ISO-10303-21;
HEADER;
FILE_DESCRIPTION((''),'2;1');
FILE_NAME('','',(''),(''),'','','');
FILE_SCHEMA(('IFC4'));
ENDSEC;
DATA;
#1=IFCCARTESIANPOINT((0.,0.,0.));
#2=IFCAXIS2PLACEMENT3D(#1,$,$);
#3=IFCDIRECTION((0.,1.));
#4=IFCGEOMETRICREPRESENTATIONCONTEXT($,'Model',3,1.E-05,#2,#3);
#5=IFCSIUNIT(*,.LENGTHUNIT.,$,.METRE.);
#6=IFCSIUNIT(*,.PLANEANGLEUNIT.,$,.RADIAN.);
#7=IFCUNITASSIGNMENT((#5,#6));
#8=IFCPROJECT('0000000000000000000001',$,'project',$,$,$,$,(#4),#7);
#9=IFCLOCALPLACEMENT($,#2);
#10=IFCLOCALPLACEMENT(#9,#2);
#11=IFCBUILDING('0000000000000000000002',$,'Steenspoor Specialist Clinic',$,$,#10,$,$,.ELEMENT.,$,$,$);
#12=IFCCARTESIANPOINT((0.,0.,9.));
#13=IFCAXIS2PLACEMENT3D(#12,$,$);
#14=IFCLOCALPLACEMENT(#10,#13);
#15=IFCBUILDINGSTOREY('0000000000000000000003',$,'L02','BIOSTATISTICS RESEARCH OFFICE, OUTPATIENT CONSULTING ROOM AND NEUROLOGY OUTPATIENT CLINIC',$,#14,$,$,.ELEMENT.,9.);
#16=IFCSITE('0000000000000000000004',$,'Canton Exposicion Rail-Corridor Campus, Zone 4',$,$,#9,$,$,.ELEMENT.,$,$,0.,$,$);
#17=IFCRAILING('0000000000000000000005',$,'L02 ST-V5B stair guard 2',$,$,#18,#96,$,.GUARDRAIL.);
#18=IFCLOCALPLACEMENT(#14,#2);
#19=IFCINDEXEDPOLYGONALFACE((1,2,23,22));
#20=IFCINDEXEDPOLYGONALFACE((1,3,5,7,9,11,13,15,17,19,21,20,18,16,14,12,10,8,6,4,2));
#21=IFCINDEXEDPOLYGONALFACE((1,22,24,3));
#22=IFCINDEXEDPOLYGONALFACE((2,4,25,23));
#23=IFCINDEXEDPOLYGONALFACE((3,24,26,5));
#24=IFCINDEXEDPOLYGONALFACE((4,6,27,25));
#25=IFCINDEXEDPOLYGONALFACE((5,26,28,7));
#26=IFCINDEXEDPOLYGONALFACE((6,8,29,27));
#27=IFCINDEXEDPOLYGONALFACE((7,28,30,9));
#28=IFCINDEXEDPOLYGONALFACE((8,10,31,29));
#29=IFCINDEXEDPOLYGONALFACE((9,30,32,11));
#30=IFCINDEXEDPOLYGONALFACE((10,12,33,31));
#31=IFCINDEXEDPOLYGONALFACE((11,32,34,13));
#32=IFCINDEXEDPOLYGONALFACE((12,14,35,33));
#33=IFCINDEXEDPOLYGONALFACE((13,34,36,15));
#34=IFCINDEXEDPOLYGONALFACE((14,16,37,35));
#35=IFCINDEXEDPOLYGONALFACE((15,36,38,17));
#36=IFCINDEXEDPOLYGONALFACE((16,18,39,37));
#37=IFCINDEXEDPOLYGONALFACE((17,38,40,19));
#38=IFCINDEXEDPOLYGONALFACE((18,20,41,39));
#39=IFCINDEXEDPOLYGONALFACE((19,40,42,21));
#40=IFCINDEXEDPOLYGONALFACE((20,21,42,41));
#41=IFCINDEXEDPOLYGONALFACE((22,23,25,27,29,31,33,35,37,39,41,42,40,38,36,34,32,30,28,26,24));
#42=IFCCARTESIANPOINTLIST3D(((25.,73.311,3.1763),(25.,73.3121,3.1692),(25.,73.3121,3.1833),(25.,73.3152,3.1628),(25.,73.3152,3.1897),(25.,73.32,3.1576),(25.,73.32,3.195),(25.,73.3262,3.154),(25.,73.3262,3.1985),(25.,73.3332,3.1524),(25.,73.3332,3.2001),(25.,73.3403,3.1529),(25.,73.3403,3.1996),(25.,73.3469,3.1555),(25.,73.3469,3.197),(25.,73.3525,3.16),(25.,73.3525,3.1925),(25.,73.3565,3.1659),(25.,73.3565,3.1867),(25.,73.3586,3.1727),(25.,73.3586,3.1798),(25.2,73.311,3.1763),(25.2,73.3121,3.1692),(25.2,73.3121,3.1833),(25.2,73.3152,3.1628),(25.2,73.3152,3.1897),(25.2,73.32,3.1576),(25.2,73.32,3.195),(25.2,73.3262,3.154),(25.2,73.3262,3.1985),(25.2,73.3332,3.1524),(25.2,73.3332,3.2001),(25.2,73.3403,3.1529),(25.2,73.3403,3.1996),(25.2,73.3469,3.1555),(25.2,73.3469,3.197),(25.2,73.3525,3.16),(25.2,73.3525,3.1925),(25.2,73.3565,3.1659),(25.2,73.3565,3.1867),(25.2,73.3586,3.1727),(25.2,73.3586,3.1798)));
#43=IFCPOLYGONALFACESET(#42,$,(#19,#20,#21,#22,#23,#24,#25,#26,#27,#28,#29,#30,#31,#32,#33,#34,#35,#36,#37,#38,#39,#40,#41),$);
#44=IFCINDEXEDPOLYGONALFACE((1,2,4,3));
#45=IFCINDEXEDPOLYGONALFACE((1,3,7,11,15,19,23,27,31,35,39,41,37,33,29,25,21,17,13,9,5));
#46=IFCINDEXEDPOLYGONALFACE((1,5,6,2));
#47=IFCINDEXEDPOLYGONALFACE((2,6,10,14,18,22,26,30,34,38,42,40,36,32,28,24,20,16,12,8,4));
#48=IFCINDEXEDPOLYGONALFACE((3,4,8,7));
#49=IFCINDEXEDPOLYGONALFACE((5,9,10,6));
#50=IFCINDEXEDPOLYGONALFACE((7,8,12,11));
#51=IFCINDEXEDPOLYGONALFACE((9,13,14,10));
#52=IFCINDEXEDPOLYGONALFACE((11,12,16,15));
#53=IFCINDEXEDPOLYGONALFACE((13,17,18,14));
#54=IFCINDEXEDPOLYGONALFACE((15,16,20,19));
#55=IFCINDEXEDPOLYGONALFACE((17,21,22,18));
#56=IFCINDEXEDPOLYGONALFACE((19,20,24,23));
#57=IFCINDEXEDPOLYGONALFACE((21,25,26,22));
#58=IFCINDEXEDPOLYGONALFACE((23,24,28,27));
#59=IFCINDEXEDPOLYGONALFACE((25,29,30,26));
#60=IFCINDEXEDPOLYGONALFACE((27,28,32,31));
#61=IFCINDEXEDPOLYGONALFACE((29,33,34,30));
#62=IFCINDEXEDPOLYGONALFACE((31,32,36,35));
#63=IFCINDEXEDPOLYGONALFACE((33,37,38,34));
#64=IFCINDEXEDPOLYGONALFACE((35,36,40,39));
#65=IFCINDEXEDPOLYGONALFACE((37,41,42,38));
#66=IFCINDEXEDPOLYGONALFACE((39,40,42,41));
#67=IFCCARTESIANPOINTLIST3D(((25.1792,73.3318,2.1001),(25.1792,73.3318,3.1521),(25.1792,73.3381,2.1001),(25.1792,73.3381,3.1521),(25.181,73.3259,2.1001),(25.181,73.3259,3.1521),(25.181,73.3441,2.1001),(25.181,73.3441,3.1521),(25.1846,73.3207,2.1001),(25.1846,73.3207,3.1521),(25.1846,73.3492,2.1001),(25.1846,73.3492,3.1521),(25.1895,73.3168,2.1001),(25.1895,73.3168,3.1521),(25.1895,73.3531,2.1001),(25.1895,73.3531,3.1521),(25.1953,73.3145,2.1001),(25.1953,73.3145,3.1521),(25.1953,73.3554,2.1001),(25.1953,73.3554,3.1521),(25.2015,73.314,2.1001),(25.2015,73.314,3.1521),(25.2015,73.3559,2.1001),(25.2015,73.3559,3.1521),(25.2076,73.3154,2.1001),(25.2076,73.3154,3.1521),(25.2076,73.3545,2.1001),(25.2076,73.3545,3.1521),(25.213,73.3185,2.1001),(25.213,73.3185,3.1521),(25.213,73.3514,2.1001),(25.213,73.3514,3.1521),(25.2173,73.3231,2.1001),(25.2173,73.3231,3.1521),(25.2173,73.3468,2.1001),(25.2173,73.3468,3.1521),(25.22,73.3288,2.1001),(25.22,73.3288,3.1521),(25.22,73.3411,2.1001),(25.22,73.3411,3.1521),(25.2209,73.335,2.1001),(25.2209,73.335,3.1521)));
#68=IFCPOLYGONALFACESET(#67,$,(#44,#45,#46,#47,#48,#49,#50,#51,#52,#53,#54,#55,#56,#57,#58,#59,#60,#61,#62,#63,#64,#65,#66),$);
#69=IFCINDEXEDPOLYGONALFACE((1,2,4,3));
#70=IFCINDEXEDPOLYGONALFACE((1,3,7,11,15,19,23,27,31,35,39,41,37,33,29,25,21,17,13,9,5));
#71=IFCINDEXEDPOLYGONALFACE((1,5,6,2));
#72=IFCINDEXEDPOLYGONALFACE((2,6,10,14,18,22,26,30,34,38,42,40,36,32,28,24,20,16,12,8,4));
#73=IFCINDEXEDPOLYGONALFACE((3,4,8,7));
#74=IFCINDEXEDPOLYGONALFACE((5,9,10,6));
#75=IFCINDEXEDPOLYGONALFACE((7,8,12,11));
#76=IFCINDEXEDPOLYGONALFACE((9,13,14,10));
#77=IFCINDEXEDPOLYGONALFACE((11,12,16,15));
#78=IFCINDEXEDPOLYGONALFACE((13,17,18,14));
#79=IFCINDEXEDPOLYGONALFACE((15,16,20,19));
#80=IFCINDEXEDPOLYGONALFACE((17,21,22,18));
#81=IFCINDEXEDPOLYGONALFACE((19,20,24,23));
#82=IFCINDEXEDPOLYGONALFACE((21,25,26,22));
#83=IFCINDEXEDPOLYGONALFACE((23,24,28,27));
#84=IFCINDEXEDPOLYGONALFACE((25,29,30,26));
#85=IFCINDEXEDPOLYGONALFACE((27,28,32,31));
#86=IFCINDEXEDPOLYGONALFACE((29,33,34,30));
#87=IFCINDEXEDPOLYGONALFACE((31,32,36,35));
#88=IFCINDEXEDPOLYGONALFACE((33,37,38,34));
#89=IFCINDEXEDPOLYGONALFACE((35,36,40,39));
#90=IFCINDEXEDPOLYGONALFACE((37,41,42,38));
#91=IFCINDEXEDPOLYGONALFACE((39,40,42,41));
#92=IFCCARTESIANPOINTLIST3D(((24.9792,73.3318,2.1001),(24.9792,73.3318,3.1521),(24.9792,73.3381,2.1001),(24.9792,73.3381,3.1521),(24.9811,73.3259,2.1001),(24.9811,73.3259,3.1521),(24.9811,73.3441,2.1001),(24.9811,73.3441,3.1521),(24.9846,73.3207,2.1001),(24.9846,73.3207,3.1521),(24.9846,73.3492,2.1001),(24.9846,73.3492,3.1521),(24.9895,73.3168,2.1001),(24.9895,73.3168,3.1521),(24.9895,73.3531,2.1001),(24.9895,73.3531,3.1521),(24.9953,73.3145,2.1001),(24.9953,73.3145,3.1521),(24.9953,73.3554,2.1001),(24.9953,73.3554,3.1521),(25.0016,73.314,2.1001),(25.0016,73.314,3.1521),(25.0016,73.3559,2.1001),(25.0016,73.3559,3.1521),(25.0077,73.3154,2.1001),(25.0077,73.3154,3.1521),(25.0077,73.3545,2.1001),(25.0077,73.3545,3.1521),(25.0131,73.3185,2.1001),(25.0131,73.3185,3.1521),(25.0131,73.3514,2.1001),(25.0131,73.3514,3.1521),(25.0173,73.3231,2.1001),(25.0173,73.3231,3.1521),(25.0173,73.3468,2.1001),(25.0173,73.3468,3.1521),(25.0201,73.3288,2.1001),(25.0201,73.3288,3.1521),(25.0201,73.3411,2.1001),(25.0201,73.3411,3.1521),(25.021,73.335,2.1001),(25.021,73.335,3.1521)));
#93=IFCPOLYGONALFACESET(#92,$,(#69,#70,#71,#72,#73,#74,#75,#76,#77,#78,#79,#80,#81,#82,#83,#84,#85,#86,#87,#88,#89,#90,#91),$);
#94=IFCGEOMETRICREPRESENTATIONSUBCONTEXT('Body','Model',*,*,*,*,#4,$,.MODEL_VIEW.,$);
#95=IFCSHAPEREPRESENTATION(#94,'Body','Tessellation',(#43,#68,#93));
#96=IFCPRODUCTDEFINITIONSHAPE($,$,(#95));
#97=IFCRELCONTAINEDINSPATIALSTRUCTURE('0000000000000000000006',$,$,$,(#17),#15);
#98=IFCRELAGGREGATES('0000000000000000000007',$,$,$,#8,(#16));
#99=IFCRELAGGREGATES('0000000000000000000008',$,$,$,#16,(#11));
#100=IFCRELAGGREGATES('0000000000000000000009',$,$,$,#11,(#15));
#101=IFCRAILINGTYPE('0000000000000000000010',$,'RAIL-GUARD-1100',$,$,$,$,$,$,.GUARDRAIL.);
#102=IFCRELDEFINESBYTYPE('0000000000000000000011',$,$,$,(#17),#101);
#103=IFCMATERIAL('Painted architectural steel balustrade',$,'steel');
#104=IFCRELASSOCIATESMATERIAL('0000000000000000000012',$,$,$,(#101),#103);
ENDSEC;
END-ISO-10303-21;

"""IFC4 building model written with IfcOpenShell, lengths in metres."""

from ifc_helpers import new_model, si_unit, direction, frame, origin, origin_2d, place, context, subcontext, project, spatial, circle, extrude, material, type_object, element, save


model = new_model("IFC4")

# Units and contexts
model_context = context("Model", 3, precision=1e-05, world=origin(), true_north=direction((0.0, 1.0)))
body_context = subcontext(model_context, "Body", "Model", "MODEL_VIEW")
ifc_project = project(units=[si_unit("LENGTHUNIT", "METRE"), si_unit("PLANEANGLEUNIT", "RADIAN")], contexts=[model_context])

# Site, building, storey
site_placement = place(None, origin())
site = spatial("IfcSite", under=ifc_project, at=site_placement, Name="Canton Exposicion Rail-Corridor Campus, Zone 4", CompositionType="ELEMENT", RefElevation=0.0)
building_placement = place(site_placement, origin())
building = spatial("IfcBuilding", under=site, at=building_placement, Name="Steenspoor Specialist Clinic", CompositionType="ELEMENT")
storey_placement = place(building_placement, frame((0.0, 0.0, 9.0)))
storey = spatial("IfcBuildingStorey", under=building, at=storey_placement, Name="L02", Description="BIOSTATISTICS RESEARCH OFFICE, OUTPATIENT CONSULTING ROOM AND NEUROLOGY OUTPATIENT CLINIC", CompositionType="ELEMENT", Elevation=9.0)

# Railing
ifc_material_1 = material(Name="Painted architectural steel balustrade", Category="steel")
railing_type_1 = type_object("IfcRailingType", Name="RAIL-GUARD-1100", PredefinedType="GUARDRAIL", material=ifc_material_1)
railing_1_placement = place(storey_placement, frame((25.2, 73.335, 2.1001)))
element("IfcRailing", 1, at=railing_1_placement, inside=storey, type_object=railing_type_1, Name="L02 ST-V5B stair guard 2", PredefinedType="GUARDRAIL", context=body_context, shape_type="SweptSolid", body=[
    extrude(circle(Radius=0.0239, at=origin_2d()), frame((0.0, 0.0, 1.0762), z_axis=(-1.0, 0.0, 0.0), x_axis=(0.0, -1.0, 0.0)), (0.0, 0.0, 1.0), 0.2),
    extrude(circle(Radius=0.021, at=origin_2d()), origin(), (0.0, 0.0, 1.0), 1.052),
    extrude(circle(Radius=0.021, at=origin_2d()), frame((-0.2, 0.0, 0.0)), (0.0, 0.0, 1.0), 1.052),
])

save(model, "model.ifc")
